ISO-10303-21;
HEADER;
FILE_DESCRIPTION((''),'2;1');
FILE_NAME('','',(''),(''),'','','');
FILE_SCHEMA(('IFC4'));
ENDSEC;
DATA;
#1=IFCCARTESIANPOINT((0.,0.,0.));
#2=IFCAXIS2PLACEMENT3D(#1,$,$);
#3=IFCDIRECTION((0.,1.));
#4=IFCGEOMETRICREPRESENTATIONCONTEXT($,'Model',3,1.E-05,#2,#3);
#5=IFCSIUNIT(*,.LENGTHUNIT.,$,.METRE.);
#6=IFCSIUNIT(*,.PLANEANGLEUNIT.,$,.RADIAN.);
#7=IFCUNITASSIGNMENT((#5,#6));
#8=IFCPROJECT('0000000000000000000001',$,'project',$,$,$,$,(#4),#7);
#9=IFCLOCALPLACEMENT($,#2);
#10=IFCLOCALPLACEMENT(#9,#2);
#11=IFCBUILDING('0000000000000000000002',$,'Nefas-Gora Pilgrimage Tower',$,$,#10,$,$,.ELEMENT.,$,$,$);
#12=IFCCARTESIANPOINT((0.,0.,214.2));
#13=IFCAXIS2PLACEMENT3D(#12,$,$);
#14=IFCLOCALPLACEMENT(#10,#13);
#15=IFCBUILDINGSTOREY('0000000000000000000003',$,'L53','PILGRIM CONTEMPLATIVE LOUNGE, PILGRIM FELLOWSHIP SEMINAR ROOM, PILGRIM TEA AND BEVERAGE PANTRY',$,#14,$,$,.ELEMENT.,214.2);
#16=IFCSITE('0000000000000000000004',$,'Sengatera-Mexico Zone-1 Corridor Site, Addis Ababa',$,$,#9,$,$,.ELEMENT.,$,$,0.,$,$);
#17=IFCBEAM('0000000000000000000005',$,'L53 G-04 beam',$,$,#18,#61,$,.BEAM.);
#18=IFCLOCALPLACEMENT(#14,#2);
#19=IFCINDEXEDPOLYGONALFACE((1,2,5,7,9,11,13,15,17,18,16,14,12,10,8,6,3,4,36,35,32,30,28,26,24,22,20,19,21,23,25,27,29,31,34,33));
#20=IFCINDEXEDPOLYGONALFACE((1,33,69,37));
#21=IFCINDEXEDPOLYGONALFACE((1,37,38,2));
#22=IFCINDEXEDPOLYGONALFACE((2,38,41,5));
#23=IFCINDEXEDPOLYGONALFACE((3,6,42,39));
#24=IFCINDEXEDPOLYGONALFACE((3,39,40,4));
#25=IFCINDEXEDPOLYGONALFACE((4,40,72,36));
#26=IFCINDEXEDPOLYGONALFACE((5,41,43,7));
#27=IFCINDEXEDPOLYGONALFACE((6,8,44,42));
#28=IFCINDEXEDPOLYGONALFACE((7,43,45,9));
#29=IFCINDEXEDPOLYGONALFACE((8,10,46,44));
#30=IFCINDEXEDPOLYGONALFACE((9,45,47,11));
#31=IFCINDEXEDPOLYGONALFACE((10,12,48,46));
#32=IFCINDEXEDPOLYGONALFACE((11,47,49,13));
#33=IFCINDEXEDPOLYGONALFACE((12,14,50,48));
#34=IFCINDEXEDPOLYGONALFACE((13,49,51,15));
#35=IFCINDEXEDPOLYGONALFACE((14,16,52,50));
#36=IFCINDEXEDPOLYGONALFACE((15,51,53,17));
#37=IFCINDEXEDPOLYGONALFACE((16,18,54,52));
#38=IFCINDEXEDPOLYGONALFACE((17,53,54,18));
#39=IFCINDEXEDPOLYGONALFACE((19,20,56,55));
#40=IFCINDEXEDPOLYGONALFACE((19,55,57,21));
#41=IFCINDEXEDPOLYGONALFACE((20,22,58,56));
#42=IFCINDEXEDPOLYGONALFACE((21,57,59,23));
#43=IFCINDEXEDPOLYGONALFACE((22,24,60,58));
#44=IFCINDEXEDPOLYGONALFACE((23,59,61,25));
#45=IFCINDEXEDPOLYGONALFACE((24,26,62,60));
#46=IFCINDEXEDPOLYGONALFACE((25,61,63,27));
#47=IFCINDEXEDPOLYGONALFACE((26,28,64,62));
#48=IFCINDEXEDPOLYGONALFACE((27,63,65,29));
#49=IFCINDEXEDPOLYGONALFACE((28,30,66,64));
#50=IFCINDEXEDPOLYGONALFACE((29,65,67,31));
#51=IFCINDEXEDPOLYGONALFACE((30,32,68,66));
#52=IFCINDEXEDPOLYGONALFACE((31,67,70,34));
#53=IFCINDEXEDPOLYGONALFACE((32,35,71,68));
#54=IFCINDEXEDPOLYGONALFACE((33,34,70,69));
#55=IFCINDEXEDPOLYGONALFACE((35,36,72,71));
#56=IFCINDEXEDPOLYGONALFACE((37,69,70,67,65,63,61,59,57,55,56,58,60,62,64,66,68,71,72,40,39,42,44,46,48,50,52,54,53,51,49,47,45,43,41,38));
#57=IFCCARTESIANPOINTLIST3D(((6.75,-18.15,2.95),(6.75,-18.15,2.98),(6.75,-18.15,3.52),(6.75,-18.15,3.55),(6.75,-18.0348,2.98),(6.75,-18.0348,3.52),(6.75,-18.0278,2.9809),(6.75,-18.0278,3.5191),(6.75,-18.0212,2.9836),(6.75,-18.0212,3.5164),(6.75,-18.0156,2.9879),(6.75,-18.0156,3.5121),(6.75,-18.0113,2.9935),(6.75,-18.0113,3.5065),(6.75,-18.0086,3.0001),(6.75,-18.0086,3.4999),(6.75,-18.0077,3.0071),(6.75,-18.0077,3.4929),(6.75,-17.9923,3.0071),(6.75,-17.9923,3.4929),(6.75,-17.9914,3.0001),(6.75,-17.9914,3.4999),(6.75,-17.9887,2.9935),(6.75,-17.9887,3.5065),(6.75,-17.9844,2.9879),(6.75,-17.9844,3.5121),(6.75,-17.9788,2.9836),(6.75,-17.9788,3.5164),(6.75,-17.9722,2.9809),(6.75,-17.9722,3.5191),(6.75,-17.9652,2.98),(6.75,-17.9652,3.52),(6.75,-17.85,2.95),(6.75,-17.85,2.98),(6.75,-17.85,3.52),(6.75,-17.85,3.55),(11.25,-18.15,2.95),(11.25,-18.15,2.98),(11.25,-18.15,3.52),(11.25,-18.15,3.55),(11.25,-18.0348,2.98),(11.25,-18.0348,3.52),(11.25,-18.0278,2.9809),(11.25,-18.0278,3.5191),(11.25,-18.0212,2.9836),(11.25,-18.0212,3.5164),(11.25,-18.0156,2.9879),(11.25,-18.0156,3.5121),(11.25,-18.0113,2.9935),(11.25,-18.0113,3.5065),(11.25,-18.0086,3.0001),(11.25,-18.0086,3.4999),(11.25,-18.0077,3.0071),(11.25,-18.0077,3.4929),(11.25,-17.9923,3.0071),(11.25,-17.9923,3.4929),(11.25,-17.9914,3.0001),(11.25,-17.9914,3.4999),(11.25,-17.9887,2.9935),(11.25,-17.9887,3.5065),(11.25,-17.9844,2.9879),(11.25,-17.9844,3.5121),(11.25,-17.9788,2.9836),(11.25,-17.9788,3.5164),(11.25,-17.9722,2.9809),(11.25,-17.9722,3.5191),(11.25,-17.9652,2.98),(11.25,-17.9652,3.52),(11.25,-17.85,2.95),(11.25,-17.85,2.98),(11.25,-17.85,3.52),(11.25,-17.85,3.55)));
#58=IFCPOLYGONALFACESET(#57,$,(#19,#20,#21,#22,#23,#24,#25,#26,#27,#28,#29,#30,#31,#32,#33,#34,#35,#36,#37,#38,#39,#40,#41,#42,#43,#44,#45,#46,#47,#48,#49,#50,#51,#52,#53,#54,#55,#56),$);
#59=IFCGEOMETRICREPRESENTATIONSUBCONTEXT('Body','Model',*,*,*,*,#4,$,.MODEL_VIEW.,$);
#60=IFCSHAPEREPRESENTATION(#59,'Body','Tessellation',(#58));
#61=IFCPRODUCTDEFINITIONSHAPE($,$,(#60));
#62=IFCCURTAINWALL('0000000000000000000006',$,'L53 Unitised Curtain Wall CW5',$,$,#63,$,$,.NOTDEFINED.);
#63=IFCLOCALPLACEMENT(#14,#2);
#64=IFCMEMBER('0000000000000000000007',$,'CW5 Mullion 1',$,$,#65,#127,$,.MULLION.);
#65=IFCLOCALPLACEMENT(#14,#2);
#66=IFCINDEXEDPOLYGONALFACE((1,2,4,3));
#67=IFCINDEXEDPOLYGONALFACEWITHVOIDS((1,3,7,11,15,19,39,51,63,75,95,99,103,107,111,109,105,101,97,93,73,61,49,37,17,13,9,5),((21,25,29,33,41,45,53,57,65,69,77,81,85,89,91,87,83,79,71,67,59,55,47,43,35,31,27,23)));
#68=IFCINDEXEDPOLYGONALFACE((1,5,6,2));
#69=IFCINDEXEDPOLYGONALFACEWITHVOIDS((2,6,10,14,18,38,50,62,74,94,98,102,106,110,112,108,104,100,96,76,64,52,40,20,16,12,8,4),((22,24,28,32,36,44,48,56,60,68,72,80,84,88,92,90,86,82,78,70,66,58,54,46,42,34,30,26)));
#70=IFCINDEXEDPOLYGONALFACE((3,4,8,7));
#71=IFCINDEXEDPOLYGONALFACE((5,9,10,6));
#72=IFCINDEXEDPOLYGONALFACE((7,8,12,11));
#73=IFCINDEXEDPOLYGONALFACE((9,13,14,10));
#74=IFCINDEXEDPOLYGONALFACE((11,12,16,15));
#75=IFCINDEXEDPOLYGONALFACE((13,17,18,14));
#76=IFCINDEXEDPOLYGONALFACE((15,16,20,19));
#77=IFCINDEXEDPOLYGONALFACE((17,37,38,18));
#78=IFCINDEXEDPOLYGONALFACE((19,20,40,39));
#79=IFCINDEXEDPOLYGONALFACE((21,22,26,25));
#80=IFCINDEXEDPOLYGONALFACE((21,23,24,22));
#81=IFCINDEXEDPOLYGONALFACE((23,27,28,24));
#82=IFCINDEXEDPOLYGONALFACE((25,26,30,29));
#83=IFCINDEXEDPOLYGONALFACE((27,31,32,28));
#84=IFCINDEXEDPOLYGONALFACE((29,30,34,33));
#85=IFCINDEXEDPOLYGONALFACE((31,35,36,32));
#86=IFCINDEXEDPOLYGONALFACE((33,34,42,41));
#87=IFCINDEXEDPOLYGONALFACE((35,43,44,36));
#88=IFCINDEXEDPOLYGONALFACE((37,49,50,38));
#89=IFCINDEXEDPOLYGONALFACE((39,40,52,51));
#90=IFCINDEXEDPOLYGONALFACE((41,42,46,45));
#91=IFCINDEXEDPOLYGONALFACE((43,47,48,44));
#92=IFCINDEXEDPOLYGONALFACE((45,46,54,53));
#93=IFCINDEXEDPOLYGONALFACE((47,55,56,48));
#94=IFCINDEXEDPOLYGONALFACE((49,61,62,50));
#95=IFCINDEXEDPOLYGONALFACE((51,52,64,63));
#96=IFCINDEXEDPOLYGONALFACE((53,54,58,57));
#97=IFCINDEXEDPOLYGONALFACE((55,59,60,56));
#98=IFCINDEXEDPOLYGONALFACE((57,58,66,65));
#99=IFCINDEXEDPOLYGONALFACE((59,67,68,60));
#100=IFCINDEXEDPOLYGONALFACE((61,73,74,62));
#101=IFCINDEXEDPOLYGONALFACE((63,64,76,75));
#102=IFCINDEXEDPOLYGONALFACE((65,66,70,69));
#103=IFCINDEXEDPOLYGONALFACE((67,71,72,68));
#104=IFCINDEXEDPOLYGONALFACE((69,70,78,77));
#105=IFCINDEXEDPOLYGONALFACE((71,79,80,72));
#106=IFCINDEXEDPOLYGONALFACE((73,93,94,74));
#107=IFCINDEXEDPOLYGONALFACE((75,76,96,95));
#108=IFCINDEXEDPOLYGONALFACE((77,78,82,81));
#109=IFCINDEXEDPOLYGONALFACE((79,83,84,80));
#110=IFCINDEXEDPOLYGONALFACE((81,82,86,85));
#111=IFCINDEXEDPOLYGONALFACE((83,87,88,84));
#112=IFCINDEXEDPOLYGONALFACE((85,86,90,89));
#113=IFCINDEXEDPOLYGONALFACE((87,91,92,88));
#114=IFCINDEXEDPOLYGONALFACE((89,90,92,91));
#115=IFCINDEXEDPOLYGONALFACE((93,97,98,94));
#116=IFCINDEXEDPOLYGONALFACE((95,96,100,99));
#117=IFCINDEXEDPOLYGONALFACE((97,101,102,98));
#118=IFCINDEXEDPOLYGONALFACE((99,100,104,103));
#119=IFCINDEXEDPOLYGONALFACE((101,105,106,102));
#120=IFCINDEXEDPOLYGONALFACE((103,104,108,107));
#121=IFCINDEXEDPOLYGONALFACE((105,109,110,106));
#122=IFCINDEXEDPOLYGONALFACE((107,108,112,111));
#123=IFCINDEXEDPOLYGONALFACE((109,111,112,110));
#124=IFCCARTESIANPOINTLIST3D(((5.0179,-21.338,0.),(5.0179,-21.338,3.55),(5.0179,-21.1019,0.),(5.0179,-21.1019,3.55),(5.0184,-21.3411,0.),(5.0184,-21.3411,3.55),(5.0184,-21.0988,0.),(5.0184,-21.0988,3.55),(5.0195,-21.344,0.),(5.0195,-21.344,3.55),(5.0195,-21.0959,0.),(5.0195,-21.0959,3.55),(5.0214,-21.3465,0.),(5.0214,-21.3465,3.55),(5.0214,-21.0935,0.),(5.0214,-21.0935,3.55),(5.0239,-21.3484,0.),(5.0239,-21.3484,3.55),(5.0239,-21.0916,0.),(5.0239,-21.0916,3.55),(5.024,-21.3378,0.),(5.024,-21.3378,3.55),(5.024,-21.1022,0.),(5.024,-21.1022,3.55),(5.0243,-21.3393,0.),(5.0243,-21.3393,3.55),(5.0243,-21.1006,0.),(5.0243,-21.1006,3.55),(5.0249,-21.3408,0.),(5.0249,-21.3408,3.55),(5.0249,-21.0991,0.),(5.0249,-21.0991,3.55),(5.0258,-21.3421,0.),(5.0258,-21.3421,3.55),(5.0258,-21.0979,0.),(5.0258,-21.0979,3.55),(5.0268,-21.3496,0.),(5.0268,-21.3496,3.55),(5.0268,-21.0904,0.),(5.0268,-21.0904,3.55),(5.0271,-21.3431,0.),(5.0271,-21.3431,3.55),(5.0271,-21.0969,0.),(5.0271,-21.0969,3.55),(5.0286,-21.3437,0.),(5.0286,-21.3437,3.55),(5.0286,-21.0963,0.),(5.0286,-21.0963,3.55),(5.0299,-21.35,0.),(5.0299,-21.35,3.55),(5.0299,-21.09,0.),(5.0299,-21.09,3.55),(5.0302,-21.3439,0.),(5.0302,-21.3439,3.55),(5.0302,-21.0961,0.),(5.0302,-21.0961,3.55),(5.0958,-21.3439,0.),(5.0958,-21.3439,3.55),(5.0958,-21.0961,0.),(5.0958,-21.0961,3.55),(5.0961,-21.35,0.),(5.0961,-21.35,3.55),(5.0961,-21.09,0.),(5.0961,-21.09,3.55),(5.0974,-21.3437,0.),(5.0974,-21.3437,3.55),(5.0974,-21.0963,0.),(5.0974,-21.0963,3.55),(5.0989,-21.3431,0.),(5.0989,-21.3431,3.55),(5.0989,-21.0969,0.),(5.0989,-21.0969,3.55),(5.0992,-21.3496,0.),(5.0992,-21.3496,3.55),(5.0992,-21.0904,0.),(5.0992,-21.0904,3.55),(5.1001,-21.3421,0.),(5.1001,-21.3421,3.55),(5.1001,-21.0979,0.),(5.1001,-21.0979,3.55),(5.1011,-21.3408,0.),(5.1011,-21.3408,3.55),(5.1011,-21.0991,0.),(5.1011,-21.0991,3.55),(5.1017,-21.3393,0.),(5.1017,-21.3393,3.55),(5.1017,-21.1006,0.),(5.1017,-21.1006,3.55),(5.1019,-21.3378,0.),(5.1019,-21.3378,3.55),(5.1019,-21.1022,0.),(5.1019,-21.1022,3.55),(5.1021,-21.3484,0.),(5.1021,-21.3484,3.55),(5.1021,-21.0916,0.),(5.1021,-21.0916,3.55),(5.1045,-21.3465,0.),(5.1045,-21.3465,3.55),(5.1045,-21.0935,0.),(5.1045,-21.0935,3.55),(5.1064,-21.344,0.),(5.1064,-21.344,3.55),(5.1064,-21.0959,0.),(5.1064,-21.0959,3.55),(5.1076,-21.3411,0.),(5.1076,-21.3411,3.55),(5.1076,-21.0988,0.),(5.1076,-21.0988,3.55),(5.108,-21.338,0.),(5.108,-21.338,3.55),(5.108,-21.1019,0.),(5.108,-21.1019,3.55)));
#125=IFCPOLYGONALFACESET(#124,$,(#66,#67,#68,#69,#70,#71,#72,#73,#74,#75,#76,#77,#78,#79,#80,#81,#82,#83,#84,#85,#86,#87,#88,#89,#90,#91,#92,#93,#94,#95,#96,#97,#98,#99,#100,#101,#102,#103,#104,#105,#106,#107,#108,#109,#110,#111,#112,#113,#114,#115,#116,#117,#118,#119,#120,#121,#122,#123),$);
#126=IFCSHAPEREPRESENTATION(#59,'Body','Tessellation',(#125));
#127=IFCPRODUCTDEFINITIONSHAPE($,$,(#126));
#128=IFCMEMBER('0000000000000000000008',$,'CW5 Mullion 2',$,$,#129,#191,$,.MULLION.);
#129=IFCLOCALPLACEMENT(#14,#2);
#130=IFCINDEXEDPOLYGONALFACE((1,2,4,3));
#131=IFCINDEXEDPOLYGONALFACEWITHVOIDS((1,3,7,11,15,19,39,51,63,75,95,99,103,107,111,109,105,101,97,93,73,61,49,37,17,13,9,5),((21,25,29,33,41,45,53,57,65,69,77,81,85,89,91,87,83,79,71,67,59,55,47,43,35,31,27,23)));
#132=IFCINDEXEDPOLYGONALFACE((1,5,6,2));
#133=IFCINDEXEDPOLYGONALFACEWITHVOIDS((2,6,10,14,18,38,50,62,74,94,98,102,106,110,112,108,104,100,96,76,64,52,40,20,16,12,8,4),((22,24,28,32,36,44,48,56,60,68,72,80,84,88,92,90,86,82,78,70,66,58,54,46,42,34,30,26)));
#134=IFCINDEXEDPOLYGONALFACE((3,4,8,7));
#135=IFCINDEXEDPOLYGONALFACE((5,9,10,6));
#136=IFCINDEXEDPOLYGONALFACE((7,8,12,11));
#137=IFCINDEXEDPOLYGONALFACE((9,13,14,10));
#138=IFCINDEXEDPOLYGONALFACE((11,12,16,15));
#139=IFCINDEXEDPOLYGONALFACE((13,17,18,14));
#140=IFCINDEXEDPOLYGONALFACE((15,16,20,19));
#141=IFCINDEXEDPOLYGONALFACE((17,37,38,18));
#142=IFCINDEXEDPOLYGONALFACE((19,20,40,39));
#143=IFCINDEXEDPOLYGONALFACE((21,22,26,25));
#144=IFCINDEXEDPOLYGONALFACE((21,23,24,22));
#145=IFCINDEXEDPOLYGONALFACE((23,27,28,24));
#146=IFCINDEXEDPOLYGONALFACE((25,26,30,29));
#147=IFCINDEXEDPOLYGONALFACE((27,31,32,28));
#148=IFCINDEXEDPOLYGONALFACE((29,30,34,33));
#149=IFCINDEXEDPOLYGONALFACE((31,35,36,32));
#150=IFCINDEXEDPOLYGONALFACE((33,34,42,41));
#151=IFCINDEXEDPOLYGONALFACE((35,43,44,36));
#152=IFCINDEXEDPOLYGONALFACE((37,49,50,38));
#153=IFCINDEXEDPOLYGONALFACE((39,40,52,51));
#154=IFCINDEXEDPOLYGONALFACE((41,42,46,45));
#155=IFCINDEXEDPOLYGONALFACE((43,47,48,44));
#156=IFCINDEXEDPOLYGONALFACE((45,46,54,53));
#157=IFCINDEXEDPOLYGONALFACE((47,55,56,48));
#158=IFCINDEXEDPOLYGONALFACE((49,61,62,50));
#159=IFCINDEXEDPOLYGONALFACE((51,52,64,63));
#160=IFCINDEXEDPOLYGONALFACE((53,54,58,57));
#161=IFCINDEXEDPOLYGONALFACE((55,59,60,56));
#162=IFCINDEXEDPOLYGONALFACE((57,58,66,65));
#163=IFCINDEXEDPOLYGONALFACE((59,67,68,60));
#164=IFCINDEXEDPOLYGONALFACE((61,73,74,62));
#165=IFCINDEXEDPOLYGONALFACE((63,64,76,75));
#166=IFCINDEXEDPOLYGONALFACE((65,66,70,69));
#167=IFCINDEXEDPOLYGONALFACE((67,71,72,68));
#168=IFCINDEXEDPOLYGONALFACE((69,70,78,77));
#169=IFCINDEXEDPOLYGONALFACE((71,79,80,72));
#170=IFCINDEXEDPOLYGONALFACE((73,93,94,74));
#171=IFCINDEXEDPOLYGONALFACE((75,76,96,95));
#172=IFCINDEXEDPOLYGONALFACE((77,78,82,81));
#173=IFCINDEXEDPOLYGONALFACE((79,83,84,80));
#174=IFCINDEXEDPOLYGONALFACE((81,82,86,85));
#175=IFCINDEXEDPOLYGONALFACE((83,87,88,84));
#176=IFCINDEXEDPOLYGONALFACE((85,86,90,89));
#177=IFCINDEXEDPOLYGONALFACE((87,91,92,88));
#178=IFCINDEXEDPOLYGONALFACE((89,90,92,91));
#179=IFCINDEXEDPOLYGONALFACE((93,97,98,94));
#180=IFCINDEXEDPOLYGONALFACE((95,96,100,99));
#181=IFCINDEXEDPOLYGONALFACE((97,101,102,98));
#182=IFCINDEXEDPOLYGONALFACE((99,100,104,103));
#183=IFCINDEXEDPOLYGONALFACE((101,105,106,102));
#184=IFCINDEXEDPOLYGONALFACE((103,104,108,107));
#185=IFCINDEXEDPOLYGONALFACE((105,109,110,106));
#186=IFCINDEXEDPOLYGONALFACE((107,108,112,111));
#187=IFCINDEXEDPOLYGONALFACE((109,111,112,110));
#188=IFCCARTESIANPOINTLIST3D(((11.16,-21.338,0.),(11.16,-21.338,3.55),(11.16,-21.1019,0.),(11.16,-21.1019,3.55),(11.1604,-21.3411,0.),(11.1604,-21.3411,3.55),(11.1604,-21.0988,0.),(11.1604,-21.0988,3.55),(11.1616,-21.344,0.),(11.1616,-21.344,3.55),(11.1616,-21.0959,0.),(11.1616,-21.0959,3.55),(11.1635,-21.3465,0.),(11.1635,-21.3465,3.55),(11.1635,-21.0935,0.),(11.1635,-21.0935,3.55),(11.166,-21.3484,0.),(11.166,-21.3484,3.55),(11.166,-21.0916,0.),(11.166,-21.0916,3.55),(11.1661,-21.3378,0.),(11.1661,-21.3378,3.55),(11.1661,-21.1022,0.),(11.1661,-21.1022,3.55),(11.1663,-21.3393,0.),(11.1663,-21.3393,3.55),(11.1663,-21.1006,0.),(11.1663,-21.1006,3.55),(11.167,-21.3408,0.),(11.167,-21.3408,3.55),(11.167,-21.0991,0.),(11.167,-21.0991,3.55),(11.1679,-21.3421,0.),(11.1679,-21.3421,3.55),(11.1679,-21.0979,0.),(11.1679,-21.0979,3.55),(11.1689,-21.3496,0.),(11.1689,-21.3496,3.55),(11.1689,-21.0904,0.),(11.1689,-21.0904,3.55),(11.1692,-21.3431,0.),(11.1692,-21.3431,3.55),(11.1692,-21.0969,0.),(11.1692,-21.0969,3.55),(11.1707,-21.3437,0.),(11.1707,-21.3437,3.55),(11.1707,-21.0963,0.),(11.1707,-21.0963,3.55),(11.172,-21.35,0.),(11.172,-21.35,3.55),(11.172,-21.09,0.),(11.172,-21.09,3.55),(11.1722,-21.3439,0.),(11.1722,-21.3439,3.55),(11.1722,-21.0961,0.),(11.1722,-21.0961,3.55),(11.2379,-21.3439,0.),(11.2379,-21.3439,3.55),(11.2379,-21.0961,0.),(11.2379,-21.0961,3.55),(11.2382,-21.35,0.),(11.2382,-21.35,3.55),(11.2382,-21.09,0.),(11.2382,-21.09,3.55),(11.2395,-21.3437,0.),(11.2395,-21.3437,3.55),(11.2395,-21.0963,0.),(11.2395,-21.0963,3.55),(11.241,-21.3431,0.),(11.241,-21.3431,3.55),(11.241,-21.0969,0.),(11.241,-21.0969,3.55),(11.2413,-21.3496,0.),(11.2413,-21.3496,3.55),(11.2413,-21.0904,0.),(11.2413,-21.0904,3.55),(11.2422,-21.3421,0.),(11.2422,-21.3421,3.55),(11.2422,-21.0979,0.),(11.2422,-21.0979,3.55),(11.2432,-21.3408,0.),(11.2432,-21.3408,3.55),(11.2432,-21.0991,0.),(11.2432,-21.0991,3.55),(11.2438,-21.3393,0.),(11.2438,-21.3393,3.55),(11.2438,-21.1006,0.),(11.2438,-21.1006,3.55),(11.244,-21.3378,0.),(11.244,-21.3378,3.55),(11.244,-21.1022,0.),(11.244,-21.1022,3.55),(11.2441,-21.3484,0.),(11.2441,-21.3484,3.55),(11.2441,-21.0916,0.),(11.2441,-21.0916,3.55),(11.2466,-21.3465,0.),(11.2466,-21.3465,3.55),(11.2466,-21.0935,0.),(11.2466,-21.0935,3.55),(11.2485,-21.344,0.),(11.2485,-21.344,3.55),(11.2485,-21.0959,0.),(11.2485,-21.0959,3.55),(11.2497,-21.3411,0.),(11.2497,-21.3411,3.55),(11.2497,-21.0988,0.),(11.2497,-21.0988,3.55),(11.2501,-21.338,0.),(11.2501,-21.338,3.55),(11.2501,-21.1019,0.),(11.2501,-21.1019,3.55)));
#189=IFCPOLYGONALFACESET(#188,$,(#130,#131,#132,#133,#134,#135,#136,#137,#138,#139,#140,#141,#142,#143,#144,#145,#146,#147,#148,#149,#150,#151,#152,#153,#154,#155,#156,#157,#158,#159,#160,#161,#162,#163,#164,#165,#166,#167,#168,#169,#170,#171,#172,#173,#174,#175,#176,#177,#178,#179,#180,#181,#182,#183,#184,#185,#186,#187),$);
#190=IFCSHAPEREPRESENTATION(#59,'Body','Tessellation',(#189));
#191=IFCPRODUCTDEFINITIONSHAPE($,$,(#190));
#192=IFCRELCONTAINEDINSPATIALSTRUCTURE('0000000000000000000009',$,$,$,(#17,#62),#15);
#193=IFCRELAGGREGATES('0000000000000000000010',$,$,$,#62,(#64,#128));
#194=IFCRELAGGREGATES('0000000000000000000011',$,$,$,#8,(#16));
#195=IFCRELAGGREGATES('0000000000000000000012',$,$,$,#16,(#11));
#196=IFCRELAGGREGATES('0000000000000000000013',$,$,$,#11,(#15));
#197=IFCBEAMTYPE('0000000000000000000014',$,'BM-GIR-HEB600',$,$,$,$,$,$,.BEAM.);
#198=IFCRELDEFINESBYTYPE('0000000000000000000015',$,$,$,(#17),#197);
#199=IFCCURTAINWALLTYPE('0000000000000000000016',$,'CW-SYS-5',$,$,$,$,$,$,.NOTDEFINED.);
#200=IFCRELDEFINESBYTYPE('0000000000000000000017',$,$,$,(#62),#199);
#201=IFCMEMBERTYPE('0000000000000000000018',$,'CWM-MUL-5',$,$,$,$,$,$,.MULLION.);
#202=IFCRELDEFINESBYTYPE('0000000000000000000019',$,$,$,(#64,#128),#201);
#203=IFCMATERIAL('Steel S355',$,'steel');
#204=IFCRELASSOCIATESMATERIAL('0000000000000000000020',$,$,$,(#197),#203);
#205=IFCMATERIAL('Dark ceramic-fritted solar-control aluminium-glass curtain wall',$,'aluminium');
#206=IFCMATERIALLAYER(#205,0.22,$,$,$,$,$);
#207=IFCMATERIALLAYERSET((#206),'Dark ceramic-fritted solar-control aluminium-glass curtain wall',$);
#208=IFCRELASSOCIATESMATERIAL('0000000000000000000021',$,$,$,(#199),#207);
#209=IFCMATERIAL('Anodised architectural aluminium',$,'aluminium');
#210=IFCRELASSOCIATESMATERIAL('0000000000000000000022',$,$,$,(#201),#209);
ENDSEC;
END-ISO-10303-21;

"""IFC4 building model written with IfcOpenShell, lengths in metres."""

from ifc_helpers import new_model, si_unit, direction, frame, origin, origin_2d, place, context, subcontext, project, spatial, hollow_rectangle, i_section, extrude, source, transform, mapped, material, layer, layer_set, material_profile, profile_set, type_object, element, aggregate, save


model = new_model("IFC4")

# Units and contexts
model_context = context("Model", 3, precision=1e-05, world=origin(), true_north=direction((0.0, 1.0)))
body_context = subcontext(model_context, "Body", "Model", "MODEL_VIEW")
ifc_project = project(units=[si_unit("LENGTHUNIT", "METRE"), si_unit("PLANEANGLEUNIT", "RADIAN")], contexts=[model_context])

# Site, building, storey
site_placement = place(None, origin())
site = spatial("IfcSite", under=ifc_project, at=site_placement, Name="Sengatera-Mexico Zone-1 Corridor Site, Addis Ababa", CompositionType="ELEMENT", RefElevation=0.0)
building_placement = place(site_placement, origin())
building = spatial("IfcBuilding", under=site, at=building_placement, Name="Nefas-Gora Pilgrimage Tower", CompositionType="ELEMENT")
storey_placement = place(building_placement, frame((0.0, 0.0, 214.2)))
storey = spatial("IfcBuildingStorey", under=building, at=storey_placement, Name="L53", Description="PILGRIM CONTEMPLATIVE LOUNGE, PILGRIM FELLOWSHIP SEMINAR ROOM, PILGRIM TEA AND BEVERAGE PANTRY", CompositionType="ELEMENT", Elevation=214.2)

# Beam
ifc_material_1 = material(Name="Steel S355", Category="steel")
ifc_material_profile_1 = material_profile(ifc_material_1, i_section(OverallWidth=0.3, OverallDepth=0.6001, WebThickness=0.0154, FlangeThickness=0.03, FilletRadius=0.0271, at=origin_2d()), Name="HEB 600")
ifc_profile_set_1 = profile_set([ifc_material_profile_1], Name="Steel S355")
beam_type = type_object("IfcBeamType", Name="BM-GIR-HEB600", PredefinedType="BEAM", material=ifc_profile_set_1)
shared_shape_1 = source(origin(), body_context, "Body", "SweptSolid", [
    extrude(i_section(OverallWidth=0.3, OverallDepth=0.6001, WebThickness=0.0154, FlangeThickness=0.03, FilletRadius=0.0271, at=origin_2d()), origin(), (0.0, 0.0, 1.0), 4.5),
])
for number, where, z_axis, x_axis, name in (
    (1, (6.75, -18.0, 3.25), (1.0, 0.0, 0.0), (0.0, 1.0, 0.0), "L53 G-04 beam"),
):
    element("IfcBeam", number, at=place(storey_placement, frame(where, z_axis=z_axis, x_axis=x_axis)), inside=storey, type_object=beam_type, Name=name, PredefinedType="BEAM", context=body_context, shape_type="MappedRepresentation", body=[
        mapped(shared_shape_1, transform((0.0, 0.0, 0.0), x_axis=(1.0, 0.0, 0.0), y_axis=(0.0, 1.0, 0.0), z_axis=(0.0, 0.0, 1.0), scale=1.0)),
    ])

# Curtain wall, members
ifc_material_2 = material(Name="Dark ceramic-fritted solar-control aluminium-glass curtain wall", Category="aluminium")
ifc_layer_1 = layer(ifc_material_2, 0.22)
ifc_layer_set_1 = layer_set([ifc_layer_1], Name="Dark ceramic-fritted solar-control aluminium-glass curtain wall")
curtain_wall_type = type_object("IfcCurtainWallType", Name="CW-SYS-5", PredefinedType="NOTDEFINED", material=ifc_layer_set_1)
curtain_wall_1_placement = place(storey_placement, origin())
curtain_wall_1 = element("IfcCurtainWall", 2, at=curtain_wall_1_placement, inside=storey, type_object=curtain_wall_type, Name="L53 Unitised Curtain Wall CW5", PredefinedType="NOTDEFINED")
ifc_material_3 = material(Name="Anodised architectural aluminium", Category="aluminium")
ifc_material_profile_2 = material_profile(ifc_material_3, hollow_rectangle(XDim=0.0901, YDim=0.26, WallThickness=0.0061, InnerFilletRadius=0.0061, OuterFilletRadius=0.012, at=origin_2d()), Name="ALU MULLION 90x260")
ifc_profile_set_2 = profile_set([ifc_material_profile_2], Name="Anodised architectural aluminium")
member_type_1 = type_object("IfcMemberType", Name="CWM-MUL-5", PredefinedType="MULLION", material=ifc_profile_set_2)
shared_shape_2 = source(origin(), body_context, "Body", "SweptSolid", [
    extrude(hollow_rectangle(XDim=0.0901, YDim=0.26, WallThickness=0.0061, InnerFilletRadius=0.0061, OuterFilletRadius=0.012, at=origin_2d()), origin(), (0.0, 0.0, 1.0), 3.55),
])
member_1_placement = place(storey_placement, frame((5.063, -21.22, 0.0), z_axis=(0.0, 0.0, 1.0), x_axis=(1.0, 0.0, 0.0)))
member_1 = element("IfcMember", 3, at=member_1_placement, type_object=member_type_1, Name="CW5 Mullion 1", PredefinedType="MULLION", context=body_context, shape_type="MappedRepresentation", body=[
    mapped(shared_shape_2, transform((0.0, 0.0, 0.0), x_axis=(1.0, 0.0, 0.0), y_axis=(0.0, 1.0, 0.0), z_axis=(0.0, 0.0, 1.0), scale=1.0)),
])
member_2_placement = place(storey_placement, frame((11.2051, -21.22, 0.0), z_axis=(0.0, 0.0, 1.0), x_axis=(1.0, 0.0, 0.0)))
member_2 = element("IfcMember", 4, at=member_2_placement, type_object=member_type_1, Name="CW5 Mullion 2", PredefinedType="MULLION", context=body_context, shape_type="MappedRepresentation", body=[
    mapped(shared_shape_2, transform((0.0, 0.0, 0.0), x_axis=(1.0, 0.0, 0.0), y_axis=(0.0, 1.0, 0.0), z_axis=(0.0, 0.0, 1.0), scale=1.0)),
])

aggregate(curtain_wall_1, [member_1, member_2])

save(model, "model.ifc")
